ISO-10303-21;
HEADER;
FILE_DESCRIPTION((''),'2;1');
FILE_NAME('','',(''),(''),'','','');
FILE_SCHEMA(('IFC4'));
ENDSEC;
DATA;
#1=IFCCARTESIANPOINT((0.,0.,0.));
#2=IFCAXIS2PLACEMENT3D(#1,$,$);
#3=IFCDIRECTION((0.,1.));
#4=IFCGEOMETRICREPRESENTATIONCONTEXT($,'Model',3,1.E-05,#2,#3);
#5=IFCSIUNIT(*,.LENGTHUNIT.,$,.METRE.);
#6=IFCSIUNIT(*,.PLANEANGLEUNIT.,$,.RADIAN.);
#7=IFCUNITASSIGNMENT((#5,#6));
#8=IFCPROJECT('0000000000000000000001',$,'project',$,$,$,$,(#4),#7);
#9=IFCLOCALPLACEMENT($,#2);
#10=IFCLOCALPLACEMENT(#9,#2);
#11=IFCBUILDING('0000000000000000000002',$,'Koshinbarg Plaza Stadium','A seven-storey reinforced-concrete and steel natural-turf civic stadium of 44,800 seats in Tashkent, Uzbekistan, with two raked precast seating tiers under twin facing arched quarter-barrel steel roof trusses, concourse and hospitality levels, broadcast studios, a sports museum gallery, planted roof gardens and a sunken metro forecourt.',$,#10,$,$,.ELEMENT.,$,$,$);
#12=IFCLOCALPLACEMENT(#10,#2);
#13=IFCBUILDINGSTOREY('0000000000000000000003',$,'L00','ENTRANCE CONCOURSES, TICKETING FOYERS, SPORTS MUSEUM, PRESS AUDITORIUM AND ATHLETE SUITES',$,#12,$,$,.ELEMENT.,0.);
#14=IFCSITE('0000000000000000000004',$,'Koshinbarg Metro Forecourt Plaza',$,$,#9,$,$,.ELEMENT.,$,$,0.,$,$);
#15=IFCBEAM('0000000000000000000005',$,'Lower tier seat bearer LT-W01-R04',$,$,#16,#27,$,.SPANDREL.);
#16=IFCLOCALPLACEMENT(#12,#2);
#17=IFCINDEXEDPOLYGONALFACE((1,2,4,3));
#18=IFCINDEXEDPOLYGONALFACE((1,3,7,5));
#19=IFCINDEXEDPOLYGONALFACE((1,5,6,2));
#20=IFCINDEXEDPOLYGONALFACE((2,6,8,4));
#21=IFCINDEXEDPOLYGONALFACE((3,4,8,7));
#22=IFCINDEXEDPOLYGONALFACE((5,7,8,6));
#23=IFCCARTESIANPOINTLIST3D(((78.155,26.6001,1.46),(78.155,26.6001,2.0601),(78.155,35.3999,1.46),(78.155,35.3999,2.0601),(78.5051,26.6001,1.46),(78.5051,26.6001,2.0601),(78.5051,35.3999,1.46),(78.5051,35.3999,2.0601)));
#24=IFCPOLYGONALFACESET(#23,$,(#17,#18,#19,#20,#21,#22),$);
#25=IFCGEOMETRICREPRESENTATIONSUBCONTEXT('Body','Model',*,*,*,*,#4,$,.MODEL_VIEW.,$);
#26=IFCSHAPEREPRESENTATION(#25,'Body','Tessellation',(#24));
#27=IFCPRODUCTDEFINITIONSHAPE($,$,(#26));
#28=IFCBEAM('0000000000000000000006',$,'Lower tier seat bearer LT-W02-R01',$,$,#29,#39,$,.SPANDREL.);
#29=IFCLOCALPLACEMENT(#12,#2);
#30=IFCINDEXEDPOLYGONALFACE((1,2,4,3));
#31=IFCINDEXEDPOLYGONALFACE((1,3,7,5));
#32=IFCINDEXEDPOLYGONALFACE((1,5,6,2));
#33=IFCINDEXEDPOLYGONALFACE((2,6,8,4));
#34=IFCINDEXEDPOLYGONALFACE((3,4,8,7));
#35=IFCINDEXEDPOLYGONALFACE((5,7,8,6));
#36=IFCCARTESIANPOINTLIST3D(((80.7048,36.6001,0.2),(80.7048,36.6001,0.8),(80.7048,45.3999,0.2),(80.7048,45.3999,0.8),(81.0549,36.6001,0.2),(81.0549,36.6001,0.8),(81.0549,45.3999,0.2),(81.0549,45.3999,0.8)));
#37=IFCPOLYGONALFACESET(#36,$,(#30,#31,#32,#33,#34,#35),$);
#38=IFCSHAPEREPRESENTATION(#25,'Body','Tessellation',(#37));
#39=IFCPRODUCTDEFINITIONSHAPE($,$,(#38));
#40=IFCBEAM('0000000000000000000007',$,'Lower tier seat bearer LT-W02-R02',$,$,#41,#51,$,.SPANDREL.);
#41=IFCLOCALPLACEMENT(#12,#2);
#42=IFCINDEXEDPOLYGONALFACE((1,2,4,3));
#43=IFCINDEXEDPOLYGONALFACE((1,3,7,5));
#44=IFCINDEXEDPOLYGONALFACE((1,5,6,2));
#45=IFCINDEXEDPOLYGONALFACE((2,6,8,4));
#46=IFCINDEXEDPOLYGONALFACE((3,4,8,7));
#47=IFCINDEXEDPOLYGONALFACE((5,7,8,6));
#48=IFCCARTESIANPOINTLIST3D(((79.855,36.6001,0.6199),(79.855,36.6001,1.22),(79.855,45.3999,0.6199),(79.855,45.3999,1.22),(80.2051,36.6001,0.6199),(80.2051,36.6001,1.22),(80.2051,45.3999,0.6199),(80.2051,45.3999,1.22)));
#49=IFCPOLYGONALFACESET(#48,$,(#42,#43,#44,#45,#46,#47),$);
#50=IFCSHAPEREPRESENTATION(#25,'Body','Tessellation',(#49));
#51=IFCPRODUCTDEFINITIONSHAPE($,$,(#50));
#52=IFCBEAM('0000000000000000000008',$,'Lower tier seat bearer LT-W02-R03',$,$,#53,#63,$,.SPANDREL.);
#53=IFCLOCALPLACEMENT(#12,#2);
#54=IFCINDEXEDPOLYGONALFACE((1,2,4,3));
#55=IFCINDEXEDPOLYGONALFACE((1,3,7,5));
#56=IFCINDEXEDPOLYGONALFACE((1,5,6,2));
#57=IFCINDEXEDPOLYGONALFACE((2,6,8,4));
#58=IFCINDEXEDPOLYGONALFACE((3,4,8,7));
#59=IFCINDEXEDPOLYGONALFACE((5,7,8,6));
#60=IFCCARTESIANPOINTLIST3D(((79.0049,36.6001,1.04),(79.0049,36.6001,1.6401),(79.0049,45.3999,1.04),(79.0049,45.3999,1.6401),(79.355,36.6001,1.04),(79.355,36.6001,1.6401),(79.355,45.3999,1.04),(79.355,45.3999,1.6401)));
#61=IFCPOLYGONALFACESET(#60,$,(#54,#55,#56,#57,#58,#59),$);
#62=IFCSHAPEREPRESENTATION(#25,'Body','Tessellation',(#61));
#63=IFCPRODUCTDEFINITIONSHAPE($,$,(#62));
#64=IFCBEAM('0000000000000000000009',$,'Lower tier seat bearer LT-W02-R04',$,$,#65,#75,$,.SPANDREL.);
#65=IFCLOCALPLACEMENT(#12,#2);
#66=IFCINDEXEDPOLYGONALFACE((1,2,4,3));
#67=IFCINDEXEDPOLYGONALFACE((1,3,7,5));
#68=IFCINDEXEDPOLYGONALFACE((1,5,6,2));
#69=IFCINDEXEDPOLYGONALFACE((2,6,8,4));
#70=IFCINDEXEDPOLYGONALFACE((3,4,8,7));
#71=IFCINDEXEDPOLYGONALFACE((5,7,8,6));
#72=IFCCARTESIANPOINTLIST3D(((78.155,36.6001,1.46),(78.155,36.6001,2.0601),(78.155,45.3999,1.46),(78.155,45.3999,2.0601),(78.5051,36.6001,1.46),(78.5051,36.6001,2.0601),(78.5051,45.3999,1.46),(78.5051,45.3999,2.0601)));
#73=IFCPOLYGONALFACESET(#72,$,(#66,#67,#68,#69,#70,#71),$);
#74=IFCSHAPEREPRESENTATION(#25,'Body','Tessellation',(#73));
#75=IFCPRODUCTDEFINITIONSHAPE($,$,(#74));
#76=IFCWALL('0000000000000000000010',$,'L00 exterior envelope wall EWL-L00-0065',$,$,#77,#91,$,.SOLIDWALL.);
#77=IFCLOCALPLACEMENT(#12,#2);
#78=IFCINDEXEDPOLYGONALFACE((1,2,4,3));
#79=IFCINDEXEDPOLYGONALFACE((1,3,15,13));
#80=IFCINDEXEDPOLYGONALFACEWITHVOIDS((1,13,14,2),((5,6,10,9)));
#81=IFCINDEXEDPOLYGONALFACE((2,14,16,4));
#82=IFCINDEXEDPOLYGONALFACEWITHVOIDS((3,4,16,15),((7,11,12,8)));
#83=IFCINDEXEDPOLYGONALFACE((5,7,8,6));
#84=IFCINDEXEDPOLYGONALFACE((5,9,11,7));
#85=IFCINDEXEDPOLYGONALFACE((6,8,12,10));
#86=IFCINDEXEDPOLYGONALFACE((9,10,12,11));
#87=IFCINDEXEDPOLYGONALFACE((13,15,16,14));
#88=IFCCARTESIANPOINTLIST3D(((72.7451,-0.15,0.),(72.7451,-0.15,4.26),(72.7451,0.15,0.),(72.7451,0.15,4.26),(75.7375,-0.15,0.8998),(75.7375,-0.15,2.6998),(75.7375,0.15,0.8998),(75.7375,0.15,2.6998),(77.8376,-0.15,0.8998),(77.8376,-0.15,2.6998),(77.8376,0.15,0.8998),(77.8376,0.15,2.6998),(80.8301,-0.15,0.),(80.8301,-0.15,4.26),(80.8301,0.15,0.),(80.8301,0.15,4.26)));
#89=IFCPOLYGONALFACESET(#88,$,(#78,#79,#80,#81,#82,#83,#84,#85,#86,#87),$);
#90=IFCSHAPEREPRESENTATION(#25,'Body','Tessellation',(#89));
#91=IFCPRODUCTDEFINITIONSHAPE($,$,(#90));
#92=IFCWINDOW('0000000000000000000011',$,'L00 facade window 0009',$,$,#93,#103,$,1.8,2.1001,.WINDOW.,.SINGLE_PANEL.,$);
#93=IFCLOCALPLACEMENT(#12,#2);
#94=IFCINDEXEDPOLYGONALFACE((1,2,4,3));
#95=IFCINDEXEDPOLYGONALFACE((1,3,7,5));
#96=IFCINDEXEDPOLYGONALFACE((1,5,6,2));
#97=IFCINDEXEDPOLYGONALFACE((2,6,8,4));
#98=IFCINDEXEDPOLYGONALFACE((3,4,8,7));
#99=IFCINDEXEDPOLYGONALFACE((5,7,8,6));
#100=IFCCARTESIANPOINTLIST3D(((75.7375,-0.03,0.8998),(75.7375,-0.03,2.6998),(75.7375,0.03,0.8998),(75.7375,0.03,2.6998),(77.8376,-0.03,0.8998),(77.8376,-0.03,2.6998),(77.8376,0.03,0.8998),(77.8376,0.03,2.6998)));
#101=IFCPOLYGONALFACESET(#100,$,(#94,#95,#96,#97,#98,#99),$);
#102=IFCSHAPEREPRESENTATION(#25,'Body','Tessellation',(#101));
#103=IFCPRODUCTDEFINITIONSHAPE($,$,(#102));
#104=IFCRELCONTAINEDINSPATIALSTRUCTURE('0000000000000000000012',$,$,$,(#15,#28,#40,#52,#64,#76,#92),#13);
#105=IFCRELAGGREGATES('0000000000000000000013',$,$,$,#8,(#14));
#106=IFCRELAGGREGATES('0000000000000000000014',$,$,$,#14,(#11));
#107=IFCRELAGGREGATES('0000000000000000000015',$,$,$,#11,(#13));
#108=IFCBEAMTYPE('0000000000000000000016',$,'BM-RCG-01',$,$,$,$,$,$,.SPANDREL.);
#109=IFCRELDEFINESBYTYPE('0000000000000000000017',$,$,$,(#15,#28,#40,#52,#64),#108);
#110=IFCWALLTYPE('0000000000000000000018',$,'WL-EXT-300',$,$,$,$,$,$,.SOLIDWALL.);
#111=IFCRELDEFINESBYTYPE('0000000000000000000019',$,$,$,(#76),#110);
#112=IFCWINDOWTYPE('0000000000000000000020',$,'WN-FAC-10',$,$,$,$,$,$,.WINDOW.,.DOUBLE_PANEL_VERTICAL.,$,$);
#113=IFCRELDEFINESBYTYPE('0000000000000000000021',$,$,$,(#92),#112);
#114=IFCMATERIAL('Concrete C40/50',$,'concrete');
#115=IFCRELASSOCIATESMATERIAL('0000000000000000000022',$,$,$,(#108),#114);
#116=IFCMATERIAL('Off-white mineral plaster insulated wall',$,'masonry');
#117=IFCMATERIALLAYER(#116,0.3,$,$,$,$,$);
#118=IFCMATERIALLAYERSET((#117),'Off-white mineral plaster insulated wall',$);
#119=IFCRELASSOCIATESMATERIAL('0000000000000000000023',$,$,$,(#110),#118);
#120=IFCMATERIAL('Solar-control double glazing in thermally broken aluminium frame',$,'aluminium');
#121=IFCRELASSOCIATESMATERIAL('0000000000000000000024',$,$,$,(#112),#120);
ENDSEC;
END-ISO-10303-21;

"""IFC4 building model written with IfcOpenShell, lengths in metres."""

from ifc_helpers import new_model, si_unit, direction, frame, frame_2d, origin, origin_2d, place, context, subcontext, project, spatial, rectangle, extrude, material, layer, layer_set, material_profile, profile_set, type_object, element, fill, save


model = new_model("IFC4")

# Units and contexts
model_context = context("Model", 3, precision=1e-05, world=origin(), true_north=direction((0.0, 1.0)))
body_context = subcontext(model_context, "Body", "Model", "MODEL_VIEW")
ifc_project = project(units=[si_unit("LENGTHUNIT", "METRE"), si_unit("PLANEANGLEUNIT", "RADIAN")], contexts=[model_context])

# Site, building, storey
site_placement = place(None, origin())
site = spatial("IfcSite", under=ifc_project, at=site_placement, Name="Koshinbarg Metro Forecourt Plaza", CompositionType="ELEMENT", RefElevation=0.0)
building_placement = place(site_placement, origin())
building = spatial("IfcBuilding", under=site, at=building_placement, Name="Koshinbarg Plaza Stadium", Description="A seven-storey reinforced-concrete and steel natural-turf civic stadium of 44,800 seats in Tashkent, Uzbekistan, with two raked precast seating tiers under twin facing arched quarter-barrel steel roof trusses, concourse and hospitality levels, broadcast studios, a sports museum gallery, planted roof gardens and a sunken metro forecourt.", CompositionType="ELEMENT")
storey_placement = place(building_placement, origin())
storey = spatial("IfcBuildingStorey", under=building, at=storey_placement, Name="L00", Description="ENTRANCE CONCOURSES, TICKETING FOYERS, SPORTS MUSEUM, PRESS AUDITORIUM AND ATHLETE SUITES", CompositionType="ELEMENT", Elevation=0.0)

# Shared definitions
ifc_material_1 = material(Name="Concrete C40/50", Category="concrete")

# Beams
ifc_material_profile_1 = material_profile(ifc_material_1, rectangle(XDim=0.3501, YDim=0.6001, at=origin_2d()), Name="RC 350x600")
ifc_profile_set_1 = profile_set([ifc_material_profile_1], Name="Concrete C40/50")
beam_type = type_object("IfcBeamType", Name="BM-RCG-01", PredefinedType="SPANDREL", material=ifc_profile_set_1)
for number, where, z_axis, x_axis, name in (
    (1, (78.3301, 26.6001, 1.76), (0.0, 1.0, 0.0), (-1.0, 0.0, 0.0), "Lower tier seat bearer LT-W01-R04"),
    (2, (80.8799, 36.6001, 0.5), (0.0, 1.0, 0.0), (-1.0, 0.0, 0.0), "Lower tier seat bearer LT-W02-R01"),
    (3, (80.03, 36.6001, 0.9199), (0.0, 1.0, 0.0), (-1.0, 0.0, 0.0), "Lower tier seat bearer LT-W02-R02"),
    (4, (79.1799, 36.6001, 1.3401), (0.0, 1.0, 0.0), (-1.0, 0.0, 0.0), "Lower tier seat bearer LT-W02-R03"),
    (5, (78.3301, 36.6001, 1.76), (0.0, 1.0, 0.0), (-1.0, 0.0, 0.0), "Lower tier seat bearer LT-W02-R04"),
):
    element("IfcBeam", number, at=place(storey_placement, frame(where, z_axis=z_axis, x_axis=x_axis)), inside=storey, type_object=beam_type, Name=name, PredefinedType="SPANDREL", context=body_context, shape_type="SweptSolid", body=[
        extrude(rectangle(XDim=0.3501, YDim=0.6001, at=origin_2d()), origin(), (0.0, 0.0, 1.0), 8.7998),
    ])

# Wall, opening, window
ifc_material_2 = material(Name="Off-white mineral plaster insulated wall", Category="masonry")
ifc_layer = layer(ifc_material_2, 0.3)
ifc_layer_set = layer_set([ifc_layer], Name="Off-white mineral plaster insulated wall")
wall_type = type_object("IfcWallType", Name="WL-EXT-300", PredefinedType="SOLIDWALL", material=ifc_layer_set)
wall_placement = place(storey_placement, frame((80.8301, 0.0, 0.0), z_axis=(0.0, 0.0, 1.0), x_axis=(-1.0, 0.0, 0.0)))
wall = element("IfcWall", 6, at=wall_placement, inside=storey, type_object=wall_type, Name="L00 exterior envelope wall EWL-L00-0065", PredefinedType="SOLIDWALL", context=body_context, shape_type="SweptSolid", body=[
    extrude(rectangle(XDim=8.085, YDim=0.3, at=frame_2d((4.0425, 0.0))), origin(), (0.0, 0.0, 1.0), 4.26),
])
opening_placement = place(wall_placement, frame((2.9924, 0.0, 0.8999)))
opening = element("IfcOpeningElement", 7, at=opening_placement, cuts=wall, PredefinedType="OPENING", context=body_context, shape_type="SweptSolid", body=[
    extrude(rectangle(XDim=2.1001, YDim=1.8, at=frame_2d((1.05, 0.8999))), frame((0.0, 0.1599, 0.0), z_axis=(0.0, -1.0, 0.0), x_axis=(1.0, 0.0, 0.0)), (0.0, 0.0, 1.0), 0.3201),
])
ifc_material_3 = material(Name="Solar-control double glazing in thermally broken aluminium frame", Category="aluminium")
window_type = type_object("IfcWindowType", Name="WN-FAC-10", PartitioningType="DOUBLE_PANEL_VERTICAL", PredefinedType="WINDOW", material=ifc_material_3)
window_placement = place(opening_placement, origin())
window = element("IfcWindow", 8, at=window_placement, inside=storey, type_object=window_type, Name="L00 facade window 0009", OverallHeight=1.8, OverallWidth=2.1001, PartitioningType="SINGLE_PANEL", PredefinedType="WINDOW", context=body_context, shape_type="SweptSolid", body=[
    extrude(rectangle(XDim=2.1001, YDim=1.8, at=frame_2d((1.05, 0.8999))), frame((0.0, 0.03, 0.0), z_axis=(0.0, -1.0, 0.0), x_axis=(1.0, 0.0, 0.0)), (0.0, 0.0, 1.0), 0.0601),
])
fill(opening, window)

save(model, "model.ifc")
